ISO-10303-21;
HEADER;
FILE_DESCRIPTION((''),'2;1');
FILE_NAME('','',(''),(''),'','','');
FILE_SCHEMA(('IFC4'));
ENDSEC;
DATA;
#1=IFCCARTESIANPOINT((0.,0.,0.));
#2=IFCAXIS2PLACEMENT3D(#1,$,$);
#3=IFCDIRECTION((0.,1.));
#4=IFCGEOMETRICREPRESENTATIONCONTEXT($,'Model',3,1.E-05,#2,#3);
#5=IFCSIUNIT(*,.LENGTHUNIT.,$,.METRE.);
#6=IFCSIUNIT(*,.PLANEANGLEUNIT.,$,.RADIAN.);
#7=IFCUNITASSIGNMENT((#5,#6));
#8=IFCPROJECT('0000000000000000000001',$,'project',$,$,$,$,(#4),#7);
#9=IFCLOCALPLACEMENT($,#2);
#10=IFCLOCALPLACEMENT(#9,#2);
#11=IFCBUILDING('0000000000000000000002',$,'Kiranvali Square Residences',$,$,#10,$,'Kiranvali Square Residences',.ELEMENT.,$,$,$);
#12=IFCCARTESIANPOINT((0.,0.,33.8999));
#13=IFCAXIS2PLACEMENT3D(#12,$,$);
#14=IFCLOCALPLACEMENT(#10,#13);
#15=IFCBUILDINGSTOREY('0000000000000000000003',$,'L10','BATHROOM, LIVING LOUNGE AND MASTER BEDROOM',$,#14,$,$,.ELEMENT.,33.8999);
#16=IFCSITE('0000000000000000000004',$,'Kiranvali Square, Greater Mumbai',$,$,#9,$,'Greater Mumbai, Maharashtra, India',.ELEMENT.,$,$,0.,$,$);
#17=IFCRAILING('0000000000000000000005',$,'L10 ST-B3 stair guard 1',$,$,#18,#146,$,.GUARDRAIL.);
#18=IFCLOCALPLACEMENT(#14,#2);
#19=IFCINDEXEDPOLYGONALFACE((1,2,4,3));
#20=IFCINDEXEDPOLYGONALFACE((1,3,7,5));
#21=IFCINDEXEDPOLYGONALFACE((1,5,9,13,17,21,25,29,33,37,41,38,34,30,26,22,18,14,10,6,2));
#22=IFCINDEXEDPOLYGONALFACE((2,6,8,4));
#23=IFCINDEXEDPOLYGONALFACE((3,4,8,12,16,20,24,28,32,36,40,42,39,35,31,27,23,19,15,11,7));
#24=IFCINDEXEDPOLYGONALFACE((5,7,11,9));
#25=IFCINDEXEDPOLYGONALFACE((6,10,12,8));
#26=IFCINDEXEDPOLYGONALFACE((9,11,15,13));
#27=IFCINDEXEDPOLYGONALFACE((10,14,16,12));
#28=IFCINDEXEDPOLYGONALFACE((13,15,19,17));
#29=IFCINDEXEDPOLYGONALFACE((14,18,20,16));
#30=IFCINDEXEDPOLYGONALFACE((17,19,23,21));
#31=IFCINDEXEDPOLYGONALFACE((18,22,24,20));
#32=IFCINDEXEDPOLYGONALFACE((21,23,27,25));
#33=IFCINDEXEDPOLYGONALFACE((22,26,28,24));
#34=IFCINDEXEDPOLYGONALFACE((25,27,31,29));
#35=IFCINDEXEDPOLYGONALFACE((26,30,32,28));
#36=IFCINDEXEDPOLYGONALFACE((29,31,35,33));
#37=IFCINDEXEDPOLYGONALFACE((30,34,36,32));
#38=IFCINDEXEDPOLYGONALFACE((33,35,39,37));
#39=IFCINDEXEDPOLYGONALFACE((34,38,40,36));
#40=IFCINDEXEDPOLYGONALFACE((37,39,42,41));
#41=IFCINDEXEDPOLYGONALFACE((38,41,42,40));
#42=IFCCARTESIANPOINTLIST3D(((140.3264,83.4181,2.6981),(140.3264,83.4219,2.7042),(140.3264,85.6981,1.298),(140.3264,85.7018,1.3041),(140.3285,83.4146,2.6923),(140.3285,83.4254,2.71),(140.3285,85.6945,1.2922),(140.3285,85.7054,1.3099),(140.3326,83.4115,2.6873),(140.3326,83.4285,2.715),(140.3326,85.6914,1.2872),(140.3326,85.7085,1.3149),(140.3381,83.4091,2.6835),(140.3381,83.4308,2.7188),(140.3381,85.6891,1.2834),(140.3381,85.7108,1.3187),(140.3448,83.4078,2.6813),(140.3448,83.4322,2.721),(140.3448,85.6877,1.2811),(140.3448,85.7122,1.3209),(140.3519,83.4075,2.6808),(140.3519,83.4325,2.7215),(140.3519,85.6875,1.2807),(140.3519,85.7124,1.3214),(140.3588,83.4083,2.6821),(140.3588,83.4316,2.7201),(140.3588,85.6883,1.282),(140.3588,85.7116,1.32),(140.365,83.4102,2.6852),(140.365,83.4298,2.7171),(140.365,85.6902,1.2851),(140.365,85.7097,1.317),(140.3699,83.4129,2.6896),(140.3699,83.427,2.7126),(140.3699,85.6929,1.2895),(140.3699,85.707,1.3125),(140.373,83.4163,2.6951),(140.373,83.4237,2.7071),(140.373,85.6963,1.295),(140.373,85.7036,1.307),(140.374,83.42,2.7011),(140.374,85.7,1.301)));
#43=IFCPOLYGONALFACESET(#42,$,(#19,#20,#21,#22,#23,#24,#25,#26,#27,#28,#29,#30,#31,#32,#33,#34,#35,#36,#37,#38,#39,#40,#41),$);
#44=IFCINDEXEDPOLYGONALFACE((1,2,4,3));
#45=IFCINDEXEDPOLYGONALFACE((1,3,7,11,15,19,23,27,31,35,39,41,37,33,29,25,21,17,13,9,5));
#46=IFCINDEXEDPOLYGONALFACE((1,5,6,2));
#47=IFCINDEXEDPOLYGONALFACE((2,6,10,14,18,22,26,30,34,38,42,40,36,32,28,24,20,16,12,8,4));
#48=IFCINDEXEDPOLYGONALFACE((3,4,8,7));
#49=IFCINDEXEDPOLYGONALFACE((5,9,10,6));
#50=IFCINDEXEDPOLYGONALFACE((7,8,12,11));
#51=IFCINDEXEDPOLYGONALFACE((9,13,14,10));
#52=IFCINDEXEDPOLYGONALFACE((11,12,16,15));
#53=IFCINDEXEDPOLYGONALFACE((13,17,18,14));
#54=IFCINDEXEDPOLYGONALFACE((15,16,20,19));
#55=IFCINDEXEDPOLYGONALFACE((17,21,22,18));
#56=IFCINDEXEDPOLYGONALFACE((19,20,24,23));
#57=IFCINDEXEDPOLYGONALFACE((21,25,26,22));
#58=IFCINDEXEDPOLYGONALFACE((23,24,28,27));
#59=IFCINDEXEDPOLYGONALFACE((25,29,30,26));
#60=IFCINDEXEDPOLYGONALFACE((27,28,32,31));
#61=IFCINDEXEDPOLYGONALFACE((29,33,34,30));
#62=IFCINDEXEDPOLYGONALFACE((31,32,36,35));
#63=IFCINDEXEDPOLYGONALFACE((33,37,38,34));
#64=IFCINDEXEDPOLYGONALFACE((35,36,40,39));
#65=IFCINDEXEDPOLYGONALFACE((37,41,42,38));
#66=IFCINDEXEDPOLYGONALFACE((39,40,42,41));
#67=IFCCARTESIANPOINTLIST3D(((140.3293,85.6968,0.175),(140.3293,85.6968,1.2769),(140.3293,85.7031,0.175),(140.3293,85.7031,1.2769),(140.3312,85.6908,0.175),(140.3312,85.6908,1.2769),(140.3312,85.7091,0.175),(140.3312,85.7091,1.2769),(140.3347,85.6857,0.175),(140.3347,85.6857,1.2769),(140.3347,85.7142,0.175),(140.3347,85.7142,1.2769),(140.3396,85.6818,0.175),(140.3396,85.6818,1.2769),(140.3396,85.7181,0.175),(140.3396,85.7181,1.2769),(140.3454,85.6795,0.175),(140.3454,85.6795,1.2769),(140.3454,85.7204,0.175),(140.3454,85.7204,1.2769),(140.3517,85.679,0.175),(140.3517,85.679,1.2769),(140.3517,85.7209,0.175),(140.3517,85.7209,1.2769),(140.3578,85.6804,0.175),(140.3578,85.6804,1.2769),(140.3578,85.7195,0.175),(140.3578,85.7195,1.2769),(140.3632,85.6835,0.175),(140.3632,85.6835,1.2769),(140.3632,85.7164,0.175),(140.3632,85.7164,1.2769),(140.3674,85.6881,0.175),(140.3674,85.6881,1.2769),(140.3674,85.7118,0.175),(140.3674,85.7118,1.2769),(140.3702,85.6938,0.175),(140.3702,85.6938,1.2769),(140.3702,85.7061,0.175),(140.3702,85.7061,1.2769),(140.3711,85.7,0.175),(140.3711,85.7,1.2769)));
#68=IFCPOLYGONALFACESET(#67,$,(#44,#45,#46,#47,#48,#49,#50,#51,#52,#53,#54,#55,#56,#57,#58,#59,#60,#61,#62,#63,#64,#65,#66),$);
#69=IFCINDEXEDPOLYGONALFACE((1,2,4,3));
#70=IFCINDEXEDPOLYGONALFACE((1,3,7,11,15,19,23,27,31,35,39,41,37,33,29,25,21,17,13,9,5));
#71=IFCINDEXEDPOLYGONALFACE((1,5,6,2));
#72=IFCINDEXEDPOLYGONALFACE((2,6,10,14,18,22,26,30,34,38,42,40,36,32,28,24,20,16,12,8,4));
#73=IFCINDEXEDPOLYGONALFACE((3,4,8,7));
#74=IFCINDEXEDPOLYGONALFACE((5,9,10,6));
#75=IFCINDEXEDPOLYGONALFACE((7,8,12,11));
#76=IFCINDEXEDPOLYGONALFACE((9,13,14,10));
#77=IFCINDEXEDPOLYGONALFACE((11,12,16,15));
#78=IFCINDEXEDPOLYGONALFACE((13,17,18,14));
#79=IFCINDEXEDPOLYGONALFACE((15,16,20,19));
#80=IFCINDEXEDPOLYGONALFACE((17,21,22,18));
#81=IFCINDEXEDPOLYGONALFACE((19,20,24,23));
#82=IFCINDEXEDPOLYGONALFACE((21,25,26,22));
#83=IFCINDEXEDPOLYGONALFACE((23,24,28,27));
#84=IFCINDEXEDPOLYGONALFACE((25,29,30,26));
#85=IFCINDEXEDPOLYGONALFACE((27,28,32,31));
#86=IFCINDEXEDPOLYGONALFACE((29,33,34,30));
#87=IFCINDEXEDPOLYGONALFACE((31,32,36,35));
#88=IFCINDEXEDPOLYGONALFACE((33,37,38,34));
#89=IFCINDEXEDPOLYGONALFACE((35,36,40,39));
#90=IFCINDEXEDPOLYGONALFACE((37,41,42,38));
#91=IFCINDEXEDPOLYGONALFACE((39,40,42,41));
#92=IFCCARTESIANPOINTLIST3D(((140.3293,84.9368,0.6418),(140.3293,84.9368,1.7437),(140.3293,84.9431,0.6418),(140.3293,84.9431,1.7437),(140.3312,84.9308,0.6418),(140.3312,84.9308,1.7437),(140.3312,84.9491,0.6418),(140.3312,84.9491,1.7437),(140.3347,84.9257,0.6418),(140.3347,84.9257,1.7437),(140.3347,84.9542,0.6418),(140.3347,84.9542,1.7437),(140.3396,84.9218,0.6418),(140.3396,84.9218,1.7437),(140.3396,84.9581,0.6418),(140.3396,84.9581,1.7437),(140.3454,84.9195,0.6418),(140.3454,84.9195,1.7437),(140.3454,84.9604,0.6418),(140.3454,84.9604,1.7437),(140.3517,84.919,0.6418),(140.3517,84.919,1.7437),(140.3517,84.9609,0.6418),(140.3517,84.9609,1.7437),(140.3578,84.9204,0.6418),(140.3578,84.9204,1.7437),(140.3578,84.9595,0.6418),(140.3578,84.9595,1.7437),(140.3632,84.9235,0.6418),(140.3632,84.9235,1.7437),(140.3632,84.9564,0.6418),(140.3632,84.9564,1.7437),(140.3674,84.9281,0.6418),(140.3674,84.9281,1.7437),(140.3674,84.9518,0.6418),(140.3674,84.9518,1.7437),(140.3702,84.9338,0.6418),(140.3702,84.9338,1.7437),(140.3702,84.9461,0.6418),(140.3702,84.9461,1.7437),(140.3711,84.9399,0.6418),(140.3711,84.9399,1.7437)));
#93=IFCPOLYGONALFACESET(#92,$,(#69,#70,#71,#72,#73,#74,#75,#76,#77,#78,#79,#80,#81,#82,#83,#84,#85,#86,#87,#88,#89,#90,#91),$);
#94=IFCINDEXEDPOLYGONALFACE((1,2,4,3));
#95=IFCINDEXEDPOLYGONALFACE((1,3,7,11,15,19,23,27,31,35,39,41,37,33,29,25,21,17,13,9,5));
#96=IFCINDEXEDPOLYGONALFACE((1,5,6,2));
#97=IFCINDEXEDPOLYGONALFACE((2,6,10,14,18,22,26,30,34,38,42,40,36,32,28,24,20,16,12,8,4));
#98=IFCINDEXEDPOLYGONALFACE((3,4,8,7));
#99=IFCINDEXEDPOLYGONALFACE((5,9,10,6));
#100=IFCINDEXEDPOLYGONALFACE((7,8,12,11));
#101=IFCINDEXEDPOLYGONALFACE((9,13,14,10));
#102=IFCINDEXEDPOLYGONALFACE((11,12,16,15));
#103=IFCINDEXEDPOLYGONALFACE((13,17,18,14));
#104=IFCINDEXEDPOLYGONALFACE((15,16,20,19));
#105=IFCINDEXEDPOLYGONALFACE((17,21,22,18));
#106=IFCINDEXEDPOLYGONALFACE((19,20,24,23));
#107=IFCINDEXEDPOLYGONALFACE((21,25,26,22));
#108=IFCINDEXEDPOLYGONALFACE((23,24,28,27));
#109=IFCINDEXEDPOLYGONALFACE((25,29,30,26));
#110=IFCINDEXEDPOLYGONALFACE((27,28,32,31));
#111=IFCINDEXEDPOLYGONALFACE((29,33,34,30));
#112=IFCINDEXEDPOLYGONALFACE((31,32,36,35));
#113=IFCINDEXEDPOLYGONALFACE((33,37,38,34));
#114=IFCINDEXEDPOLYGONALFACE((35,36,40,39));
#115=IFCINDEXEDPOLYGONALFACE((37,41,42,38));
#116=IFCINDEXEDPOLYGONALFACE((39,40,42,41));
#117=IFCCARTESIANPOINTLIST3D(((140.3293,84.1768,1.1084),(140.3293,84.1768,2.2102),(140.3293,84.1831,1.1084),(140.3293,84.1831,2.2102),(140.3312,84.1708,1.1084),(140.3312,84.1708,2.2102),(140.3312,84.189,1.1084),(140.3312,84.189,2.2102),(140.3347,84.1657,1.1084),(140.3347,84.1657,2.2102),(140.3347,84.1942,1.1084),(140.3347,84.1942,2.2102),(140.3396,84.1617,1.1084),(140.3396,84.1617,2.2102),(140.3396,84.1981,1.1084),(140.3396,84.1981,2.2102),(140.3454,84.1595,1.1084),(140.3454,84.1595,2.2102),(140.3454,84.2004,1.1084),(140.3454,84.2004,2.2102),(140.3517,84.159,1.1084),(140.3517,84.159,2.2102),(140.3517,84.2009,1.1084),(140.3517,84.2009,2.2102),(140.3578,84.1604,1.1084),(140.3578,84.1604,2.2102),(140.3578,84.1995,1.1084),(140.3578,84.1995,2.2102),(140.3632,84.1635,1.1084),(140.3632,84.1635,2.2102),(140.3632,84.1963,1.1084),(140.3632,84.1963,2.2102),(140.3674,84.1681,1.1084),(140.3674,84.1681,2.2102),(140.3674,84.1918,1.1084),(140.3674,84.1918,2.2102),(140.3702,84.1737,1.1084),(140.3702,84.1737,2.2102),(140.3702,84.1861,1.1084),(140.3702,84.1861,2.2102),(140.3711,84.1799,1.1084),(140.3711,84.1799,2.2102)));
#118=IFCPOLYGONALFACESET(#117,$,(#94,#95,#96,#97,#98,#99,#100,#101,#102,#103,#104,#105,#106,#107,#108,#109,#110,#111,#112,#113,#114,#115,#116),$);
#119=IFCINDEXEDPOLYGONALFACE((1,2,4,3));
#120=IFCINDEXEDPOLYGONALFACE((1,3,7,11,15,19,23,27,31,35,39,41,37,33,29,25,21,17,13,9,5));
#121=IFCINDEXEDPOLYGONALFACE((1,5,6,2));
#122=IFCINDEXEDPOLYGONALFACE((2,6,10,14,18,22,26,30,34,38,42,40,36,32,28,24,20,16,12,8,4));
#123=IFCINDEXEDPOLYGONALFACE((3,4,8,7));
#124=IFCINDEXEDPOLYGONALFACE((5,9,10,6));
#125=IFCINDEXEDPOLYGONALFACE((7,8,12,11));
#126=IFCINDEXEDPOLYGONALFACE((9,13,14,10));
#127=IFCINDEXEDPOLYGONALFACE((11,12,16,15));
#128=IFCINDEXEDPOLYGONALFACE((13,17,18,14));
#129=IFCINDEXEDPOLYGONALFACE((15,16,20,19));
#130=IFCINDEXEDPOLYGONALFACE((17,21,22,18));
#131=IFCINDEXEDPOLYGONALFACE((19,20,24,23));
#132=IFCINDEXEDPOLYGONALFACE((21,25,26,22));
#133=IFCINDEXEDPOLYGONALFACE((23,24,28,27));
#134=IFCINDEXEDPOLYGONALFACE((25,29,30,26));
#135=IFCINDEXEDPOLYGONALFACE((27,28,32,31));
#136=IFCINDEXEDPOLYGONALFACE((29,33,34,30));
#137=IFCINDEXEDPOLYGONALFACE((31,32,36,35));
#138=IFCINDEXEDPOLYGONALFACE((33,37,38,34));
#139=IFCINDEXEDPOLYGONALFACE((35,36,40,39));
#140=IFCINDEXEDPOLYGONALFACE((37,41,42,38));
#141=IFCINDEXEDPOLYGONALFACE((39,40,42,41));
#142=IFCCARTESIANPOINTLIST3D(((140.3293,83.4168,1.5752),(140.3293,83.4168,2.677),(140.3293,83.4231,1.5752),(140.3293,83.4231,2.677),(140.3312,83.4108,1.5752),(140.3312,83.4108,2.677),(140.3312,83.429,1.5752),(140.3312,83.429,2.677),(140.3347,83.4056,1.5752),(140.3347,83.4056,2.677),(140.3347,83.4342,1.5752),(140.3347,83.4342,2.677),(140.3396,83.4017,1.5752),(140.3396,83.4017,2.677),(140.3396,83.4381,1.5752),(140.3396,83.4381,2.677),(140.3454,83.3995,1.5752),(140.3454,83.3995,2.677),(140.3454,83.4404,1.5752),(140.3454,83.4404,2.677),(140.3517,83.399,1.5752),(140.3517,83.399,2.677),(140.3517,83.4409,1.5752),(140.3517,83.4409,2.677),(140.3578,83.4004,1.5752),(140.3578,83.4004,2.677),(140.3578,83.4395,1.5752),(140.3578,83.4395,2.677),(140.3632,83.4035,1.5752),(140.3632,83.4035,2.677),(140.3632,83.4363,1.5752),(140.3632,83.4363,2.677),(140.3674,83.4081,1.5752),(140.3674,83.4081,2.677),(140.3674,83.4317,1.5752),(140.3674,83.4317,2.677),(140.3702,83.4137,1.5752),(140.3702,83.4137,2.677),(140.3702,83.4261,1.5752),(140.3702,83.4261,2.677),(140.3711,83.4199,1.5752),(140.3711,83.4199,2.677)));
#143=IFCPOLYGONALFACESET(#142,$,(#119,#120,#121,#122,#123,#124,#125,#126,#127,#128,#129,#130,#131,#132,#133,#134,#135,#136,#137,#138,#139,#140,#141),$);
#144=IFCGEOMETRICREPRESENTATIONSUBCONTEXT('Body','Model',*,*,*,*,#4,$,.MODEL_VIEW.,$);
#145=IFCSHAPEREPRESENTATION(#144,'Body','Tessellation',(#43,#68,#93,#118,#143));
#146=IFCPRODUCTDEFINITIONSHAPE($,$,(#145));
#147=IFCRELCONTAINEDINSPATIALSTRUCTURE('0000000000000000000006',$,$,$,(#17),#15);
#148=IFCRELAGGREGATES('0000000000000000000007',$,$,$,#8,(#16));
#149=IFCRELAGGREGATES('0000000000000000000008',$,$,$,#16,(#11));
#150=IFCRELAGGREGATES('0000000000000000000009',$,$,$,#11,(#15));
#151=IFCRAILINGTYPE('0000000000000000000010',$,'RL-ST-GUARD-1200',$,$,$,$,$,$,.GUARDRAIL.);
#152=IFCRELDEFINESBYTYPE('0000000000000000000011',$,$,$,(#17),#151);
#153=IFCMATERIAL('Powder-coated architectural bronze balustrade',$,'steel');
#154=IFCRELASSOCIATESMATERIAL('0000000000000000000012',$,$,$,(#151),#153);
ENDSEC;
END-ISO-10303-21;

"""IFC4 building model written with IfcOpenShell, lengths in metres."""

from ifc_helpers import new_model, si_unit, direction, frame, origin, origin_2d, place, context, subcontext, project, spatial, circle, extrude, material, type_object, element, save


model = new_model("IFC4")

# Units and contexts
model_context = context("Model", 3, precision=1e-05, world=origin(), true_north=direction((0.0, 1.0)))
body_context = subcontext(model_context, "Body", "Model", "MODEL_VIEW")
ifc_project = project(units=[si_unit("LENGTHUNIT", "METRE"), si_unit("PLANEANGLEUNIT", "RADIAN")], contexts=[model_context])

# Site, building, storey
site_placement = place(None, origin())
site = spatial("IfcSite", under=ifc_project, at=site_placement, Name="Kiranvali Square, Greater Mumbai", LongName="Greater Mumbai, Maharashtra, India", CompositionType="ELEMENT", RefElevation=0.0)
building_placement = place(site_placement, origin())
building = spatial("IfcBuilding", under=site, at=building_placement, Name="Kiranvali Square Residences", LongName="Kiranvali Square Residences", CompositionType="ELEMENT")
storey_placement = place(building_placement, frame((0.0, 0.0, 33.8999)))
storey = spatial("IfcBuildingStorey", under=building, at=storey_placement, Name="L10", Description="BATHROOM, LIVING LOUNGE AND MASTER BEDROOM", CompositionType="ELEMENT", Elevation=33.8999)

# Railing
ifc_material_1 = material(Name="Powder-coated architectural bronze balustrade", Category="steel")
railing_type_1 = type_object("IfcRailingType", Name="RL-ST-GUARD-1200", PredefinedType="GUARDRAIL", material=ifc_material_1)
railing_1_placement = place(storey_placement, frame((140.3501, 85.7, 0.175)))
element("IfcRailing", 1, at=railing_1_placement, inside=storey, type_object=railing_type_1, Name="L10 ST-B3 stair guard 1", PredefinedType="GUARDRAIL", context=body_context, shape_type="SweptSolid", body=[
    extrude(circle(Radius=0.0239, at=origin_2d()), frame((0.0, 0.0, 1.126), z_axis=(0.0, -0.85215, 0.523298), x_axis=(1.0, 0.0, 0.0)), (0.0, 0.0, 1.0), 2.6755),
    extrude(circle(Radius=0.021, at=origin_2d()), origin(), (0.0, 0.0, 1.0), 1.1018),
    extrude(circle(Radius=0.021, at=origin_2d()), frame((0.0, -0.76, 0.4668)), (0.0, 0.0, 1.0), 1.1018),
    extrude(circle(Radius=0.021, at=origin_2d()), frame((0.0, -1.52, 0.9333)), (0.0, 0.0, 1.0), 1.1018),
    extrude(circle(Radius=0.021, at=origin_2d()), frame((0.0, -2.28, 1.4001)), (0.0, 0.0, 1.0), 1.1018),
])

save(model, "model.ifc")
